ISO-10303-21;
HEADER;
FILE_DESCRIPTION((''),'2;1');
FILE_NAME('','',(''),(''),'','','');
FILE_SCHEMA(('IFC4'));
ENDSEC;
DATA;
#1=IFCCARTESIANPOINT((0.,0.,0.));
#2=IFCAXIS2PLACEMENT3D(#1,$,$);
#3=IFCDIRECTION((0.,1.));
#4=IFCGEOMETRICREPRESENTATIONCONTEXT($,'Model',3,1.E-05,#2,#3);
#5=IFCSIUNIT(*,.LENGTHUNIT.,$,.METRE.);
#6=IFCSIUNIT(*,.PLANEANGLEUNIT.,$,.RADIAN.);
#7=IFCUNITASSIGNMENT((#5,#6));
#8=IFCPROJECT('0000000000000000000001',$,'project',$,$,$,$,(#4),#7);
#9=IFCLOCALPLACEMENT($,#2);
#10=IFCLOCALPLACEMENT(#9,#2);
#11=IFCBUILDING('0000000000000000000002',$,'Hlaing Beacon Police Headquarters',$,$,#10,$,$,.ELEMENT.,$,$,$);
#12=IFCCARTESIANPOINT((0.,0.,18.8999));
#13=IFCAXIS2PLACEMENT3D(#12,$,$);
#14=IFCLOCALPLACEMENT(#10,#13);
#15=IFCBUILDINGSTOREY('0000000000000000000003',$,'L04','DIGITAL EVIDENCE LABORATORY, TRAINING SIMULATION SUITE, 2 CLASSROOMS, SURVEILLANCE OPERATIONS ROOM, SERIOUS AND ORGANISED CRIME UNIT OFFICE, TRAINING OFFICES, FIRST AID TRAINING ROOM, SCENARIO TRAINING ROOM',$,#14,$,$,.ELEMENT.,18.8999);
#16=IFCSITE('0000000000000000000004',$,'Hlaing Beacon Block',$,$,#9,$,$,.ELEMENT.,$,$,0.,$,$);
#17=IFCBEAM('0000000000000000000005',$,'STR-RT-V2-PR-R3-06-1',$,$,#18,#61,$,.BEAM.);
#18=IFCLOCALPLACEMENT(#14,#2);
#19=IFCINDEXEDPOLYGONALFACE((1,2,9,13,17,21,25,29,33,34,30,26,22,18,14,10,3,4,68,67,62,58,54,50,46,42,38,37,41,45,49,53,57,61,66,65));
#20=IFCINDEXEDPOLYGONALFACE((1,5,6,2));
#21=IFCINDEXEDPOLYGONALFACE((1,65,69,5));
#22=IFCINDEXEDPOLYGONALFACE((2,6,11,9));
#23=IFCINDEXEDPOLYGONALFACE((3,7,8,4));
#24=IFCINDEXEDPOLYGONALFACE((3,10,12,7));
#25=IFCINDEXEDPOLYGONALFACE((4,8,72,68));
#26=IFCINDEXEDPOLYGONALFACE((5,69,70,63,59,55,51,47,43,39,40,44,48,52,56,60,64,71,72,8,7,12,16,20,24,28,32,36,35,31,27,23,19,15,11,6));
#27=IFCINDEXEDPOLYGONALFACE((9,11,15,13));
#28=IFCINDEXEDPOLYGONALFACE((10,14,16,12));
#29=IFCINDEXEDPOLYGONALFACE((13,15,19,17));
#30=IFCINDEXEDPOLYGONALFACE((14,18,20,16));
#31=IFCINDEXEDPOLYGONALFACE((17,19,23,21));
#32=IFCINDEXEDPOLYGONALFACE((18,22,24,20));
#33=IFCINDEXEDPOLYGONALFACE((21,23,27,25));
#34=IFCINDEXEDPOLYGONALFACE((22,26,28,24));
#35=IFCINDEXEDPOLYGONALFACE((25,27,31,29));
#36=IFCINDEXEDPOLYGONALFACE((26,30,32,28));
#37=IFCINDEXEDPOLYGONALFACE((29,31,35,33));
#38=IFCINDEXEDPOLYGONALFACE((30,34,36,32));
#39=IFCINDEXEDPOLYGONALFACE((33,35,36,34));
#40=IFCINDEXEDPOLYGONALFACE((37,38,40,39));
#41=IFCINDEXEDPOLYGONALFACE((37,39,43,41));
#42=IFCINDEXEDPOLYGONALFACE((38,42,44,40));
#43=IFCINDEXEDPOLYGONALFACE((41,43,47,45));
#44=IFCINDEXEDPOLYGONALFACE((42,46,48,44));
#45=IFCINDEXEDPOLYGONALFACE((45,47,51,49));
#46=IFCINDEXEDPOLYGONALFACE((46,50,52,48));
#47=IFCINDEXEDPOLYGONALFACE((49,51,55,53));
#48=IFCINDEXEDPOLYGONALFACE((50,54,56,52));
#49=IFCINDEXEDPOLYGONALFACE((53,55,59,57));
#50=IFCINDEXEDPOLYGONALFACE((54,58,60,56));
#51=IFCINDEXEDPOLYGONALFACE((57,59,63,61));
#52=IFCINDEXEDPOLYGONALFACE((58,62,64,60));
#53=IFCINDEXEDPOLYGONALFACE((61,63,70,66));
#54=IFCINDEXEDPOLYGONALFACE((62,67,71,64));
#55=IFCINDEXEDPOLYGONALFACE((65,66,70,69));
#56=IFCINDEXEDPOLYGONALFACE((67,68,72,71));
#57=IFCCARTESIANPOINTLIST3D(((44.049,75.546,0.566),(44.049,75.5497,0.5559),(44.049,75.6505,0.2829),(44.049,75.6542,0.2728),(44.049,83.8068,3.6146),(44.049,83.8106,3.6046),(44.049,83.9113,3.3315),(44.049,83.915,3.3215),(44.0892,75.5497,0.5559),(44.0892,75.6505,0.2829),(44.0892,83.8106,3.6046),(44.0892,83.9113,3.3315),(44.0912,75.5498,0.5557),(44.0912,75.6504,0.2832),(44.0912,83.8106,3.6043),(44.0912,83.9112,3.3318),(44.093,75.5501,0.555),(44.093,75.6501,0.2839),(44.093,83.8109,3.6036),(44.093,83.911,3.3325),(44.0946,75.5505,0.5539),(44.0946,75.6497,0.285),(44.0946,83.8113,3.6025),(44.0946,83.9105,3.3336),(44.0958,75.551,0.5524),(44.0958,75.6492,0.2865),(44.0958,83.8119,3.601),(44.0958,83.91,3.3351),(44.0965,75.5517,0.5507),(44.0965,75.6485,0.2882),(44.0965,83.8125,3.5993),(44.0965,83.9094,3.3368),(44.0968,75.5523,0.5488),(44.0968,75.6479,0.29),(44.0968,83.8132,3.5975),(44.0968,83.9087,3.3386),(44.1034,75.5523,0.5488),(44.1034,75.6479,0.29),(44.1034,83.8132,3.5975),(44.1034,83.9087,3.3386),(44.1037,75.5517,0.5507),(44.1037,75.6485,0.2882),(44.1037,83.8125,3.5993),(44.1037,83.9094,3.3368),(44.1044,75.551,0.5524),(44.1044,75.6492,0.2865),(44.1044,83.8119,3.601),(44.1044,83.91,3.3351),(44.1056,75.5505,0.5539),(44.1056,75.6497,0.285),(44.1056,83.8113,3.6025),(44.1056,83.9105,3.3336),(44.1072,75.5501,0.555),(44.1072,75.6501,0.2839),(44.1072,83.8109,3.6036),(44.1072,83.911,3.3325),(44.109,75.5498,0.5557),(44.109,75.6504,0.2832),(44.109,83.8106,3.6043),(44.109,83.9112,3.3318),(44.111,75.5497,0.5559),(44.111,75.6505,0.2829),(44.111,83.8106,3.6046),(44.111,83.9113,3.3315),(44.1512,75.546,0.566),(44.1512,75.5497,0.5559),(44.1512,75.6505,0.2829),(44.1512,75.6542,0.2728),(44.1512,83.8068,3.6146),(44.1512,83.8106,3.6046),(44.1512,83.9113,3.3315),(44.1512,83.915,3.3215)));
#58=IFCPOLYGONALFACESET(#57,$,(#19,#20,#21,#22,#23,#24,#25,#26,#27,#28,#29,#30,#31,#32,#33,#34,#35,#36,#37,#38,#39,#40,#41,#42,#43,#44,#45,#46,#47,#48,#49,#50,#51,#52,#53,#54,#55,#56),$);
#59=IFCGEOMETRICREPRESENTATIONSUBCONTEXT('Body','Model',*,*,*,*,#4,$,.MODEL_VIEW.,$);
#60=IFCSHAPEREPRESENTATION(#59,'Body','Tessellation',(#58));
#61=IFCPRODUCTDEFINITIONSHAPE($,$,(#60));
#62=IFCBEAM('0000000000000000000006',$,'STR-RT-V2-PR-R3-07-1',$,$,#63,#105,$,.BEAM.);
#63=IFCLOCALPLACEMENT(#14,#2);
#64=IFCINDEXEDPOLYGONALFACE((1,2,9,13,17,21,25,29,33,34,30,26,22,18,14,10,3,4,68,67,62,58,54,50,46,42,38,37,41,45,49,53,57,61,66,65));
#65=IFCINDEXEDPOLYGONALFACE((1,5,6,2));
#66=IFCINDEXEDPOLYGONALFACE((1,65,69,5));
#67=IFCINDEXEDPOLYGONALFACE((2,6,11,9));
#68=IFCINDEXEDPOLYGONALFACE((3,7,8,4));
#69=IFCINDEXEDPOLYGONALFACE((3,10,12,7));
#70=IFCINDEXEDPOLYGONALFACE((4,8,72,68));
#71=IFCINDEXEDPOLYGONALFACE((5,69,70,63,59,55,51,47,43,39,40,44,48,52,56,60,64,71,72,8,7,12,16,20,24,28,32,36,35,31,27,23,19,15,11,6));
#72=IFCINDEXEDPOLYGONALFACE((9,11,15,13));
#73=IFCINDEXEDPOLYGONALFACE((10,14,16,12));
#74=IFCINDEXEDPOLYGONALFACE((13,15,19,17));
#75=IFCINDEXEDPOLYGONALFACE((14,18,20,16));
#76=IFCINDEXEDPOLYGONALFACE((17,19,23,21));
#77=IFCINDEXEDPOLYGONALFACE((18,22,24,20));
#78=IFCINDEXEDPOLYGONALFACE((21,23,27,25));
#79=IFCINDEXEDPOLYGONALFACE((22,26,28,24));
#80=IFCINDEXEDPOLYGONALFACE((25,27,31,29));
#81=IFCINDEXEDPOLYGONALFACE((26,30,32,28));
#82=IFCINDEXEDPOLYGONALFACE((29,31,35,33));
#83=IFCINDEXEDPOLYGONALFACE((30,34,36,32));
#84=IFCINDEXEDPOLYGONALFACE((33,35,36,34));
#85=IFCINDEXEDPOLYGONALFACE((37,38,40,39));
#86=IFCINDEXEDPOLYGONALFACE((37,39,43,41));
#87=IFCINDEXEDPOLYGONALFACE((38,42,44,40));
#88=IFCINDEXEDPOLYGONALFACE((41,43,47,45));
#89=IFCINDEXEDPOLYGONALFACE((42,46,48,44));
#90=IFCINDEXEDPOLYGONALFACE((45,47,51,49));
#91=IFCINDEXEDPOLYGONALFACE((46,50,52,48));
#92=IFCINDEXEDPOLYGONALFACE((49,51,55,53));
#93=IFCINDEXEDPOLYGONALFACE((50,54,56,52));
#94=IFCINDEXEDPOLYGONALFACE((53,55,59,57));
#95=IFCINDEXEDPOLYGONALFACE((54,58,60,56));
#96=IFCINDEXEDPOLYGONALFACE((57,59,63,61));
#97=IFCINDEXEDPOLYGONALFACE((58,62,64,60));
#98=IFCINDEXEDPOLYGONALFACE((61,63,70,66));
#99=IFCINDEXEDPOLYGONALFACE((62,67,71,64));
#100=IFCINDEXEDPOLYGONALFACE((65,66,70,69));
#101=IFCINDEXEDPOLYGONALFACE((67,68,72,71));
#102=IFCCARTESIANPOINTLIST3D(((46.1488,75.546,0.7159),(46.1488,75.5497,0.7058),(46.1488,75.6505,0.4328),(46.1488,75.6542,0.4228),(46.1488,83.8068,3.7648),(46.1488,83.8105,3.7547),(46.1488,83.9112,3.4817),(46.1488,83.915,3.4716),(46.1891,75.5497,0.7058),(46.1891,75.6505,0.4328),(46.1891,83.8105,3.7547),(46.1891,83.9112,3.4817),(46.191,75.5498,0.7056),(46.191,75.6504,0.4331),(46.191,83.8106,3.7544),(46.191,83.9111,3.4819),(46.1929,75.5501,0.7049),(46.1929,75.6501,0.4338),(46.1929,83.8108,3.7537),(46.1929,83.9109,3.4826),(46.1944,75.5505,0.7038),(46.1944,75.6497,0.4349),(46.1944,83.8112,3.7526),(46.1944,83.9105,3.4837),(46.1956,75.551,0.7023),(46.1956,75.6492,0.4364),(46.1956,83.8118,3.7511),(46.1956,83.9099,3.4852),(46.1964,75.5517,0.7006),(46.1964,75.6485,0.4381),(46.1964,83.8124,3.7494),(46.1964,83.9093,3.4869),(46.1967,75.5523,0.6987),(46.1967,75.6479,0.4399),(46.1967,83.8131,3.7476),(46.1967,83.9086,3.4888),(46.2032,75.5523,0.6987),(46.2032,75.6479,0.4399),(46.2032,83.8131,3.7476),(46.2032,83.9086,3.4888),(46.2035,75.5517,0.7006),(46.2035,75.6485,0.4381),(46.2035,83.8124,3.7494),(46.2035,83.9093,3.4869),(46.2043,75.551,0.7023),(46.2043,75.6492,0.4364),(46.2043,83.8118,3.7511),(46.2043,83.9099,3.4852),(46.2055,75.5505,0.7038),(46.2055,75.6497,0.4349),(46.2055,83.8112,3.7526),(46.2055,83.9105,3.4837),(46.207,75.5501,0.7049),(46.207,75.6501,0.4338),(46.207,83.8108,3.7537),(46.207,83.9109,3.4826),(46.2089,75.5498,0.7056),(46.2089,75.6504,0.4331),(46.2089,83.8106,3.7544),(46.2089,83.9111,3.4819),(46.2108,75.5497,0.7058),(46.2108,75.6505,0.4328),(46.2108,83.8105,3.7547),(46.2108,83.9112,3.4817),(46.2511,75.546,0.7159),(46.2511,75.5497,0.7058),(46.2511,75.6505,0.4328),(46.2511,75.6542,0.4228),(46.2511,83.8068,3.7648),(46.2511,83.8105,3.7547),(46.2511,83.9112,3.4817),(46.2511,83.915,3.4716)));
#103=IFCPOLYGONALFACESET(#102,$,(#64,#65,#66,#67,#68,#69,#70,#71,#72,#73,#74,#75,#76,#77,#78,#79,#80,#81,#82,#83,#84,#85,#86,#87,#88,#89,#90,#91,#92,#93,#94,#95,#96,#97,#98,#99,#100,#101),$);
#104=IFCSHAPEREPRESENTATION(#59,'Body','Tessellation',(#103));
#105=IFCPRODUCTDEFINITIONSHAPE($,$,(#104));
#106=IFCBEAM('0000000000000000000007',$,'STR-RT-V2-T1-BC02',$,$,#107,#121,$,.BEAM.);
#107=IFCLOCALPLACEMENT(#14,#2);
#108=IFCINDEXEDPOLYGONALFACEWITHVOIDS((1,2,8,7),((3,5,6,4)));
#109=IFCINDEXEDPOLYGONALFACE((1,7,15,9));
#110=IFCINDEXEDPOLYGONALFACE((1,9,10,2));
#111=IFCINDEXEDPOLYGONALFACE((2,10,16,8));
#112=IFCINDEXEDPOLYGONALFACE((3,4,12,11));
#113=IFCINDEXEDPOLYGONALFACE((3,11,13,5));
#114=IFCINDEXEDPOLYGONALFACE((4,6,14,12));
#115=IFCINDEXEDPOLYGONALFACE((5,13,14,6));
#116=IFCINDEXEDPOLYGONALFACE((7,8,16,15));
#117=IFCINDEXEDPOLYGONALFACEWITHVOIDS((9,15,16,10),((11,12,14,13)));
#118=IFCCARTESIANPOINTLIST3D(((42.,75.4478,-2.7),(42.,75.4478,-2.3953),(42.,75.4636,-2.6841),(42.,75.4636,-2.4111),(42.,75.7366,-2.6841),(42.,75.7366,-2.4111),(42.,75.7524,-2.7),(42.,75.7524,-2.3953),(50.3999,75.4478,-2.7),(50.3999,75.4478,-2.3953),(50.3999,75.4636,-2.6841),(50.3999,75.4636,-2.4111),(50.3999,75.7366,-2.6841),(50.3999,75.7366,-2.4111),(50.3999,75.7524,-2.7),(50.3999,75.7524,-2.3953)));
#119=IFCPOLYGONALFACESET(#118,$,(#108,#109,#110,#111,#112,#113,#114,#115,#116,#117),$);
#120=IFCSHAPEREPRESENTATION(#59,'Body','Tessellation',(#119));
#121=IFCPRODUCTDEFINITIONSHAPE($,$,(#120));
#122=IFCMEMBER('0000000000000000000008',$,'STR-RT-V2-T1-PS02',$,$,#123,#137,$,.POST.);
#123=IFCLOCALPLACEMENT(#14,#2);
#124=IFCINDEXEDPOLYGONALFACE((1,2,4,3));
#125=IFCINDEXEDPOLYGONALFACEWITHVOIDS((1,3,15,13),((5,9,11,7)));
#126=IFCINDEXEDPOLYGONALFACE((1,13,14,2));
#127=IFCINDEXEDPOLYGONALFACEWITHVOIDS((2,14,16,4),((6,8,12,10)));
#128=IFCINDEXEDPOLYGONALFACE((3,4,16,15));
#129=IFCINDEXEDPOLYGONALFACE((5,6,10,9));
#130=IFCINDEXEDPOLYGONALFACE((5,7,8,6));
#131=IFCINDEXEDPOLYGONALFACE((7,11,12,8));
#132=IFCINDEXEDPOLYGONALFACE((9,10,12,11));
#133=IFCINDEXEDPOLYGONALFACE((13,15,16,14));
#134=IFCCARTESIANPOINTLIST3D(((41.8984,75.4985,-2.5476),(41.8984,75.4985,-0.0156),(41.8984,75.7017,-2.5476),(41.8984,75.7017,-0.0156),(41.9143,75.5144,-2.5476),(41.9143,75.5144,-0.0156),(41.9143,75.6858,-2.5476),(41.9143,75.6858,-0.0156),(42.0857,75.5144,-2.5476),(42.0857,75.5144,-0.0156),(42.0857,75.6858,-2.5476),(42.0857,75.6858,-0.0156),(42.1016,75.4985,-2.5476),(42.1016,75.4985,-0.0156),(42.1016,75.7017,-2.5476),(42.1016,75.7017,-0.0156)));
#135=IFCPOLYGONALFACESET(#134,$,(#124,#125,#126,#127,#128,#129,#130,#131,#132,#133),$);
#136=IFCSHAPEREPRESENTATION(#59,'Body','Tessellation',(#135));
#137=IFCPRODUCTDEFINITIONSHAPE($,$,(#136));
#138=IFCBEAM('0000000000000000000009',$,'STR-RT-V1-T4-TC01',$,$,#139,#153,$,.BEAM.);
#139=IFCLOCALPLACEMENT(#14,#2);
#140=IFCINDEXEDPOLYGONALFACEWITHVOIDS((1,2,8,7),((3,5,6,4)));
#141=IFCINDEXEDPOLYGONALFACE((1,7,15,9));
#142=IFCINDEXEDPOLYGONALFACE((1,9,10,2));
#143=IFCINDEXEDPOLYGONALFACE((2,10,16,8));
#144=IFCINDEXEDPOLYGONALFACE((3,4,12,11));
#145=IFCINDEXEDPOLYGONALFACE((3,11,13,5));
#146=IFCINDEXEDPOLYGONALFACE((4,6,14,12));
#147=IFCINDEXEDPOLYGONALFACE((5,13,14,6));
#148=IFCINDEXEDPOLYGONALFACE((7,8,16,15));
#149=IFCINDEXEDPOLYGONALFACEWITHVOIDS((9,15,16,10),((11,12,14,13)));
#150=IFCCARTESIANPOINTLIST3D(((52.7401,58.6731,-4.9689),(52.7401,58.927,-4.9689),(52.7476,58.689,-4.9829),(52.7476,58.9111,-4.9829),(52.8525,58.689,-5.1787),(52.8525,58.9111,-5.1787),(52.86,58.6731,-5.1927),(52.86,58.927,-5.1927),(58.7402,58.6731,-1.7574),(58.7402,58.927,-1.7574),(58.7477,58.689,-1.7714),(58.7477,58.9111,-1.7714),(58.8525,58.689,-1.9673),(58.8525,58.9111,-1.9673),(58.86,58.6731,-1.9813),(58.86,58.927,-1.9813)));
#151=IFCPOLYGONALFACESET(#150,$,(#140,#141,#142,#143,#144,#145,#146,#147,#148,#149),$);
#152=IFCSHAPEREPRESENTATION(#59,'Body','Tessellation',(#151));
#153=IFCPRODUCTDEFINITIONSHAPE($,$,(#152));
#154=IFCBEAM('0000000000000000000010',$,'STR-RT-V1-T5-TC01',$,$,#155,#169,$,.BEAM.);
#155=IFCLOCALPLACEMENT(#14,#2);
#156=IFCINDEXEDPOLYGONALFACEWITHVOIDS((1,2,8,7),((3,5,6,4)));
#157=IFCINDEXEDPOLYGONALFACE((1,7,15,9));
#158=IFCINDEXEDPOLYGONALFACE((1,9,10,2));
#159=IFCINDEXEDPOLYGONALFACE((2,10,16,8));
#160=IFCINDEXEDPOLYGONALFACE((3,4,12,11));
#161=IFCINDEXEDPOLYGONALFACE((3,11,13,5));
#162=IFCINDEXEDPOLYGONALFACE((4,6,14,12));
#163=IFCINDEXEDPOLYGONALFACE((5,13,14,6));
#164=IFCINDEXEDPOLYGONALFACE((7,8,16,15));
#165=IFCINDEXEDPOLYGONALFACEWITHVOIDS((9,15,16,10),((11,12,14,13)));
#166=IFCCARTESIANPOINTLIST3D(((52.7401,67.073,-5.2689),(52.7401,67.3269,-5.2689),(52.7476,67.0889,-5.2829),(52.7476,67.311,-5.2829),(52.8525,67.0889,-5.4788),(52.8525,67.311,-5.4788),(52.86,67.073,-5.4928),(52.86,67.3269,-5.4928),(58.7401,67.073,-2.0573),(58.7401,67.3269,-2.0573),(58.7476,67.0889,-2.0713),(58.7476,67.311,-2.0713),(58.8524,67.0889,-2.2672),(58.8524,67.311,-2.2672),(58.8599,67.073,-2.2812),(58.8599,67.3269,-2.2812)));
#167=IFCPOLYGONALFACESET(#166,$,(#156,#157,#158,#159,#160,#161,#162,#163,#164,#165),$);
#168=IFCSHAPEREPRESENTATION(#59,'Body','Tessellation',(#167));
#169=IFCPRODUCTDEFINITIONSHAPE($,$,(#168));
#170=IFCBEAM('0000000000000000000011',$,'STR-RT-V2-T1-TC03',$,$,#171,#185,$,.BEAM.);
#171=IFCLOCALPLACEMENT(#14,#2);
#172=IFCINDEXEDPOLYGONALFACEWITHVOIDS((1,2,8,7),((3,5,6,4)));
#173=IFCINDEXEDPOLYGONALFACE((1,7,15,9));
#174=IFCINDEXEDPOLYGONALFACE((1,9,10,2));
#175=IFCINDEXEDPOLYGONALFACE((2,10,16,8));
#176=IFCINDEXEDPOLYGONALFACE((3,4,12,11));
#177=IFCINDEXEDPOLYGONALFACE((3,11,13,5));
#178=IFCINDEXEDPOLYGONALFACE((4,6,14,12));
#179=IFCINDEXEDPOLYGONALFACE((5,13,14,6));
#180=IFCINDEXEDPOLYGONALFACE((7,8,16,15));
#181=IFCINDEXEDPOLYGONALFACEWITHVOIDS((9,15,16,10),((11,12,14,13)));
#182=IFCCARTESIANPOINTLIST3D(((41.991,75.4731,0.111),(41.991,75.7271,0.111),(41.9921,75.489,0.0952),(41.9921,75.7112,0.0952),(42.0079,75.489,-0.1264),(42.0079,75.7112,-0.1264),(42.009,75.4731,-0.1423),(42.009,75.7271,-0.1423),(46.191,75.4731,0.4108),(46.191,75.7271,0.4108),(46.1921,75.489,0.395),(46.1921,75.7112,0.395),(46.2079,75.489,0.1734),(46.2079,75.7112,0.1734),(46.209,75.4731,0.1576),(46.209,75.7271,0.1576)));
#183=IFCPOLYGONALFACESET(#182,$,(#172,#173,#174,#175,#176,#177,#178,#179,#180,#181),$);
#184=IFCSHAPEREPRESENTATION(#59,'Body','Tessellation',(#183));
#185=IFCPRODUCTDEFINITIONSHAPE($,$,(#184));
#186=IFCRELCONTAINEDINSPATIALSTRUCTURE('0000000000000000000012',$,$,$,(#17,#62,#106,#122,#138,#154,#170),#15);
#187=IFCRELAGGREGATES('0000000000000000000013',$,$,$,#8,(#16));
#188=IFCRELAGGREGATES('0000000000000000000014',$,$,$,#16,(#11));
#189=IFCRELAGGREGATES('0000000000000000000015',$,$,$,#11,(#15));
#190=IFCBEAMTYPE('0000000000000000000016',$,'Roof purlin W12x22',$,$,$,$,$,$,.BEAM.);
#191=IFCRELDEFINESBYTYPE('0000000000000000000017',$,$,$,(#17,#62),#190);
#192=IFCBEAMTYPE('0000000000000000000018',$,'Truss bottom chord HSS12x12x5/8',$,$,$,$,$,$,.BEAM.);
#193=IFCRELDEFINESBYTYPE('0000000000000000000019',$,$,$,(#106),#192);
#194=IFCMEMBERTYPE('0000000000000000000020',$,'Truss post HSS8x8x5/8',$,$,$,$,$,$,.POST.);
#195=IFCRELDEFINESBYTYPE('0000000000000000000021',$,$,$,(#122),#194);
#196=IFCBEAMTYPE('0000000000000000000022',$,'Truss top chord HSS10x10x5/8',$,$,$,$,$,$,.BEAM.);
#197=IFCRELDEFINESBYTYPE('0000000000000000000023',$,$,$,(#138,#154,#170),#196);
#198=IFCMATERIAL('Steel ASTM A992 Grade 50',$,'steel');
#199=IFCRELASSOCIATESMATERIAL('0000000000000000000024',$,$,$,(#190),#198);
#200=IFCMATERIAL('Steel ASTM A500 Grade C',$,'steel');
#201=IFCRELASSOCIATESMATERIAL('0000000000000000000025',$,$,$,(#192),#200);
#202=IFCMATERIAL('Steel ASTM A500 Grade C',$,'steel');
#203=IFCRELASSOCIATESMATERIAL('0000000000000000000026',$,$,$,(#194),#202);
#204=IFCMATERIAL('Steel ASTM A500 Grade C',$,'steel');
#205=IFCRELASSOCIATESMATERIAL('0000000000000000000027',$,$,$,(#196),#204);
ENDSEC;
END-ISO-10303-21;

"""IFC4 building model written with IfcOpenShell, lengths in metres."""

from ifc_helpers import new_model, si_unit, direction, frame, origin, origin_2d, place, context, subcontext, project, spatial, hollow_rectangle, i_section, extrude, material, material_profile, profile_set, type_object, element, save


model = new_model("IFC4")

# Units and contexts
model_context = context("Model", 3, precision=1e-05, world=origin(), true_north=direction((0.0, 1.0)))
body_context = subcontext(model_context, "Body", "Model", "MODEL_VIEW")
ifc_project = project(units=[si_unit("LENGTHUNIT", "METRE"), si_unit("PLANEANGLEUNIT", "RADIAN")], contexts=[model_context])

# Site, building, storey
site_placement = place(None, origin())
site = spatial("IfcSite", under=ifc_project, at=site_placement, Name="Hlaing Beacon Block", CompositionType="ELEMENT", RefElevation=0.0)
building_placement = place(site_placement, origin())
building = spatial("IfcBuilding", under=site, at=building_placement, Name="Hlaing Beacon Police Headquarters", CompositionType="ELEMENT")
storey_placement = place(building_placement, frame((0.0, 0.0, 18.8999)))
storey = spatial("IfcBuildingStorey", under=building, at=storey_placement, Name="L04", Description="DIGITAL EVIDENCE LABORATORY, TRAINING SIMULATION SUITE, 2 CLASSROOMS, SURVEILLANCE OPERATIONS ROOM, SERIOUS AND ORGANISED CRIME UNIT OFFICE, TRAINING OFFICES, FIRST AID TRAINING ROOM, SCENARIO TRAINING ROOM", CompositionType="ELEMENT", Elevation=18.8999)

# Beams
ifc_material_1 = material(Name="Steel ASTM A992 Grade 50", Category="steel")
ifc_material_profile_1 = material_profile(ifc_material_1, i_section(OverallWidth=0.1023, OverallDepth=0.3125, WebThickness=0.0066, FlangeThickness=0.0107, FilletRadius=0.0076, at=origin_2d()), Name="W12x22")
ifc_profile_set_1 = profile_set([ifc_material_profile_1], Name="Steel ASTM A992 Grade 50")
beam_type_1 = type_object("IfcBeamType", Name="Roof purlin W12x22", PredefinedType="BEAM", material=ifc_profile_set_1)
for number, where, z_axis, x_axis, name in (
    (1, (44.1001, 75.6001, 0.4194), (0.0, 0.938153, 0.346221), (-1.0, 0.0, 0.0), "STR-RT-V2-PR-R3-06-1"),
    (2, (46.2, 75.6001, 0.5693), (0.0, 0.938144, 0.346245), (-1.0, 0.0, 0.0), "STR-RT-V2-PR-R3-07-1"),
):
    element("IfcBeam", number, at=place(storey_placement, frame(where, z_axis=z_axis, x_axis=x_axis)), inside=storey, type_object=beam_type_1, Name=name, PredefinedType="BEAM", context=body_context, shape_type="SweptSolid", body=[
        extrude(i_section(OverallWidth=0.1023, OverallDepth=0.3125, WebThickness=0.0066, FlangeThickness=0.0107, FilletRadius=0.0076, at=origin_2d()), origin(), (0.0, 0.0, 1.0), 8.8054),
    ])
ifc_material_2 = material(Name="Steel ASTM A500 Grade C", Category="steel")
ifc_material_profile_2 = material_profile(ifc_material_2, hollow_rectangle(XDim=0.3047, YDim=0.3047, WallThickness=0.0159, at=origin_2d()), Name="HSS12x12x5/8")
ifc_profile_set_2 = profile_set([ifc_material_profile_2], Name="Steel ASTM A500 Grade C")
beam_type_2 = type_object("IfcBeamType", Name="Truss bottom chord HSS12x12x5/8", PredefinedType="BEAM", material=ifc_profile_set_2)
beam_1_placement = place(storey_placement, frame((42.0, 75.6001, -2.5476), z_axis=(1.0, 0.0, 0.0), x_axis=(0.0, 1.0, 0.0)))
element("IfcBeam", 3, at=beam_1_placement, inside=storey, type_object=beam_type_2, Name="STR-RT-V2-T1-BC02", PredefinedType="BEAM", context=body_context, shape_type="SweptSolid", body=[
    extrude(hollow_rectangle(XDim=0.3047, YDim=0.3047, WallThickness=0.0159, at=origin_2d()), origin(), (0.0, 0.0, 1.0), 8.3999),
])

# Member
ifc_material_3 = material(Name="Steel ASTM A500 Grade C", Category="steel")
ifc_material_profile_3 = material_profile(ifc_material_3, hollow_rectangle(XDim=0.2031, YDim=0.2031, WallThickness=0.0159, at=origin_2d()), Name="HSS8x8x5/8")
ifc_profile_set_3 = profile_set([ifc_material_profile_3], Name="Steel ASTM A500 Grade C")
member_type_1 = type_object("IfcMemberType", Name="Truss post HSS8x8x5/8", PredefinedType="POST", material=ifc_profile_set_3)
member_1_placement = place(storey_placement, frame((42.0, 75.6001, -2.5476), z_axis=(0.0, 0.0, 1.0), x_axis=(1.0, 0.0, 0.0)))
element("IfcMember", 4, at=member_1_placement, inside=storey, type_object=member_type_1, Name="STR-RT-V2-T1-PS02", PredefinedType="POST", context=body_context, shape_type="SweptSolid", body=[
    extrude(hollow_rectangle(XDim=0.2031, YDim=0.2031, WallThickness=0.0159, at=origin_2d()), origin(), (0.0, 0.0, 1.0), 2.532),
])

# Beams
ifc_material_4 = material(Name="Steel ASTM A500 Grade C", Category="steel")
ifc_material_profile_4 = material_profile(ifc_material_4, hollow_rectangle(XDim=0.2539, YDim=0.2539, WallThickness=0.0159, at=origin_2d()), Name="HSS10x10x5/8")
ifc_profile_set_4 = profile_set([ifc_material_profile_4], Name="Steel ASTM A500 Grade C")
beam_type_3 = type_object("IfcBeamType", Name="Truss top chord HSS10x10x5/8", PredefinedType="BEAM", material=ifc_profile_set_4)
for number, where, z_axis, x_axis, name in (
    (5, (52.8, 58.8, -5.0808), (0.881655, 0.0, 0.471895), (0.0, 1.0, 0.0), "STR-RT-V1-T4-TC01"),
    (6, (52.8, 67.2, -5.3809), (0.88164, 0.0, 0.471923), (0.0, 1.0, 0.0), "STR-RT-V1-T5-TC01"),
):
    element("IfcBeam", number, at=place(storey_placement, frame(where, z_axis=z_axis, x_axis=x_axis)), inside=storey, type_object=beam_type_3, Name=name, PredefinedType="BEAM", context=body_context, shape_type="SweptSolid", body=[
        extrude(hollow_rectangle(XDim=0.2539, YDim=0.2539, WallThickness=0.0159, at=origin_2d()), origin(), (0.0, 0.0, 1.0), 6.8054),
    ])
beam_2_placement = place(storey_placement, frame((42.0, 75.6001, -0.0156), z_axis=(0.997462, 0.0, 0.071202), x_axis=(0.0, 1.0, 0.0)))
element("IfcBeam", 7, at=beam_2_placement, inside=storey, type_object=beam_type_3, Name="STR-RT-V2-T1-TC03", PredefinedType="BEAM", context=body_context, shape_type="SweptSolid", body=[
    extrude(hollow_rectangle(XDim=0.2539, YDim=0.2539, WallThickness=0.0159, at=origin_2d()), origin(), (0.0, 0.0, 1.0), 4.2107),
])

save(model, "model.ifc")
